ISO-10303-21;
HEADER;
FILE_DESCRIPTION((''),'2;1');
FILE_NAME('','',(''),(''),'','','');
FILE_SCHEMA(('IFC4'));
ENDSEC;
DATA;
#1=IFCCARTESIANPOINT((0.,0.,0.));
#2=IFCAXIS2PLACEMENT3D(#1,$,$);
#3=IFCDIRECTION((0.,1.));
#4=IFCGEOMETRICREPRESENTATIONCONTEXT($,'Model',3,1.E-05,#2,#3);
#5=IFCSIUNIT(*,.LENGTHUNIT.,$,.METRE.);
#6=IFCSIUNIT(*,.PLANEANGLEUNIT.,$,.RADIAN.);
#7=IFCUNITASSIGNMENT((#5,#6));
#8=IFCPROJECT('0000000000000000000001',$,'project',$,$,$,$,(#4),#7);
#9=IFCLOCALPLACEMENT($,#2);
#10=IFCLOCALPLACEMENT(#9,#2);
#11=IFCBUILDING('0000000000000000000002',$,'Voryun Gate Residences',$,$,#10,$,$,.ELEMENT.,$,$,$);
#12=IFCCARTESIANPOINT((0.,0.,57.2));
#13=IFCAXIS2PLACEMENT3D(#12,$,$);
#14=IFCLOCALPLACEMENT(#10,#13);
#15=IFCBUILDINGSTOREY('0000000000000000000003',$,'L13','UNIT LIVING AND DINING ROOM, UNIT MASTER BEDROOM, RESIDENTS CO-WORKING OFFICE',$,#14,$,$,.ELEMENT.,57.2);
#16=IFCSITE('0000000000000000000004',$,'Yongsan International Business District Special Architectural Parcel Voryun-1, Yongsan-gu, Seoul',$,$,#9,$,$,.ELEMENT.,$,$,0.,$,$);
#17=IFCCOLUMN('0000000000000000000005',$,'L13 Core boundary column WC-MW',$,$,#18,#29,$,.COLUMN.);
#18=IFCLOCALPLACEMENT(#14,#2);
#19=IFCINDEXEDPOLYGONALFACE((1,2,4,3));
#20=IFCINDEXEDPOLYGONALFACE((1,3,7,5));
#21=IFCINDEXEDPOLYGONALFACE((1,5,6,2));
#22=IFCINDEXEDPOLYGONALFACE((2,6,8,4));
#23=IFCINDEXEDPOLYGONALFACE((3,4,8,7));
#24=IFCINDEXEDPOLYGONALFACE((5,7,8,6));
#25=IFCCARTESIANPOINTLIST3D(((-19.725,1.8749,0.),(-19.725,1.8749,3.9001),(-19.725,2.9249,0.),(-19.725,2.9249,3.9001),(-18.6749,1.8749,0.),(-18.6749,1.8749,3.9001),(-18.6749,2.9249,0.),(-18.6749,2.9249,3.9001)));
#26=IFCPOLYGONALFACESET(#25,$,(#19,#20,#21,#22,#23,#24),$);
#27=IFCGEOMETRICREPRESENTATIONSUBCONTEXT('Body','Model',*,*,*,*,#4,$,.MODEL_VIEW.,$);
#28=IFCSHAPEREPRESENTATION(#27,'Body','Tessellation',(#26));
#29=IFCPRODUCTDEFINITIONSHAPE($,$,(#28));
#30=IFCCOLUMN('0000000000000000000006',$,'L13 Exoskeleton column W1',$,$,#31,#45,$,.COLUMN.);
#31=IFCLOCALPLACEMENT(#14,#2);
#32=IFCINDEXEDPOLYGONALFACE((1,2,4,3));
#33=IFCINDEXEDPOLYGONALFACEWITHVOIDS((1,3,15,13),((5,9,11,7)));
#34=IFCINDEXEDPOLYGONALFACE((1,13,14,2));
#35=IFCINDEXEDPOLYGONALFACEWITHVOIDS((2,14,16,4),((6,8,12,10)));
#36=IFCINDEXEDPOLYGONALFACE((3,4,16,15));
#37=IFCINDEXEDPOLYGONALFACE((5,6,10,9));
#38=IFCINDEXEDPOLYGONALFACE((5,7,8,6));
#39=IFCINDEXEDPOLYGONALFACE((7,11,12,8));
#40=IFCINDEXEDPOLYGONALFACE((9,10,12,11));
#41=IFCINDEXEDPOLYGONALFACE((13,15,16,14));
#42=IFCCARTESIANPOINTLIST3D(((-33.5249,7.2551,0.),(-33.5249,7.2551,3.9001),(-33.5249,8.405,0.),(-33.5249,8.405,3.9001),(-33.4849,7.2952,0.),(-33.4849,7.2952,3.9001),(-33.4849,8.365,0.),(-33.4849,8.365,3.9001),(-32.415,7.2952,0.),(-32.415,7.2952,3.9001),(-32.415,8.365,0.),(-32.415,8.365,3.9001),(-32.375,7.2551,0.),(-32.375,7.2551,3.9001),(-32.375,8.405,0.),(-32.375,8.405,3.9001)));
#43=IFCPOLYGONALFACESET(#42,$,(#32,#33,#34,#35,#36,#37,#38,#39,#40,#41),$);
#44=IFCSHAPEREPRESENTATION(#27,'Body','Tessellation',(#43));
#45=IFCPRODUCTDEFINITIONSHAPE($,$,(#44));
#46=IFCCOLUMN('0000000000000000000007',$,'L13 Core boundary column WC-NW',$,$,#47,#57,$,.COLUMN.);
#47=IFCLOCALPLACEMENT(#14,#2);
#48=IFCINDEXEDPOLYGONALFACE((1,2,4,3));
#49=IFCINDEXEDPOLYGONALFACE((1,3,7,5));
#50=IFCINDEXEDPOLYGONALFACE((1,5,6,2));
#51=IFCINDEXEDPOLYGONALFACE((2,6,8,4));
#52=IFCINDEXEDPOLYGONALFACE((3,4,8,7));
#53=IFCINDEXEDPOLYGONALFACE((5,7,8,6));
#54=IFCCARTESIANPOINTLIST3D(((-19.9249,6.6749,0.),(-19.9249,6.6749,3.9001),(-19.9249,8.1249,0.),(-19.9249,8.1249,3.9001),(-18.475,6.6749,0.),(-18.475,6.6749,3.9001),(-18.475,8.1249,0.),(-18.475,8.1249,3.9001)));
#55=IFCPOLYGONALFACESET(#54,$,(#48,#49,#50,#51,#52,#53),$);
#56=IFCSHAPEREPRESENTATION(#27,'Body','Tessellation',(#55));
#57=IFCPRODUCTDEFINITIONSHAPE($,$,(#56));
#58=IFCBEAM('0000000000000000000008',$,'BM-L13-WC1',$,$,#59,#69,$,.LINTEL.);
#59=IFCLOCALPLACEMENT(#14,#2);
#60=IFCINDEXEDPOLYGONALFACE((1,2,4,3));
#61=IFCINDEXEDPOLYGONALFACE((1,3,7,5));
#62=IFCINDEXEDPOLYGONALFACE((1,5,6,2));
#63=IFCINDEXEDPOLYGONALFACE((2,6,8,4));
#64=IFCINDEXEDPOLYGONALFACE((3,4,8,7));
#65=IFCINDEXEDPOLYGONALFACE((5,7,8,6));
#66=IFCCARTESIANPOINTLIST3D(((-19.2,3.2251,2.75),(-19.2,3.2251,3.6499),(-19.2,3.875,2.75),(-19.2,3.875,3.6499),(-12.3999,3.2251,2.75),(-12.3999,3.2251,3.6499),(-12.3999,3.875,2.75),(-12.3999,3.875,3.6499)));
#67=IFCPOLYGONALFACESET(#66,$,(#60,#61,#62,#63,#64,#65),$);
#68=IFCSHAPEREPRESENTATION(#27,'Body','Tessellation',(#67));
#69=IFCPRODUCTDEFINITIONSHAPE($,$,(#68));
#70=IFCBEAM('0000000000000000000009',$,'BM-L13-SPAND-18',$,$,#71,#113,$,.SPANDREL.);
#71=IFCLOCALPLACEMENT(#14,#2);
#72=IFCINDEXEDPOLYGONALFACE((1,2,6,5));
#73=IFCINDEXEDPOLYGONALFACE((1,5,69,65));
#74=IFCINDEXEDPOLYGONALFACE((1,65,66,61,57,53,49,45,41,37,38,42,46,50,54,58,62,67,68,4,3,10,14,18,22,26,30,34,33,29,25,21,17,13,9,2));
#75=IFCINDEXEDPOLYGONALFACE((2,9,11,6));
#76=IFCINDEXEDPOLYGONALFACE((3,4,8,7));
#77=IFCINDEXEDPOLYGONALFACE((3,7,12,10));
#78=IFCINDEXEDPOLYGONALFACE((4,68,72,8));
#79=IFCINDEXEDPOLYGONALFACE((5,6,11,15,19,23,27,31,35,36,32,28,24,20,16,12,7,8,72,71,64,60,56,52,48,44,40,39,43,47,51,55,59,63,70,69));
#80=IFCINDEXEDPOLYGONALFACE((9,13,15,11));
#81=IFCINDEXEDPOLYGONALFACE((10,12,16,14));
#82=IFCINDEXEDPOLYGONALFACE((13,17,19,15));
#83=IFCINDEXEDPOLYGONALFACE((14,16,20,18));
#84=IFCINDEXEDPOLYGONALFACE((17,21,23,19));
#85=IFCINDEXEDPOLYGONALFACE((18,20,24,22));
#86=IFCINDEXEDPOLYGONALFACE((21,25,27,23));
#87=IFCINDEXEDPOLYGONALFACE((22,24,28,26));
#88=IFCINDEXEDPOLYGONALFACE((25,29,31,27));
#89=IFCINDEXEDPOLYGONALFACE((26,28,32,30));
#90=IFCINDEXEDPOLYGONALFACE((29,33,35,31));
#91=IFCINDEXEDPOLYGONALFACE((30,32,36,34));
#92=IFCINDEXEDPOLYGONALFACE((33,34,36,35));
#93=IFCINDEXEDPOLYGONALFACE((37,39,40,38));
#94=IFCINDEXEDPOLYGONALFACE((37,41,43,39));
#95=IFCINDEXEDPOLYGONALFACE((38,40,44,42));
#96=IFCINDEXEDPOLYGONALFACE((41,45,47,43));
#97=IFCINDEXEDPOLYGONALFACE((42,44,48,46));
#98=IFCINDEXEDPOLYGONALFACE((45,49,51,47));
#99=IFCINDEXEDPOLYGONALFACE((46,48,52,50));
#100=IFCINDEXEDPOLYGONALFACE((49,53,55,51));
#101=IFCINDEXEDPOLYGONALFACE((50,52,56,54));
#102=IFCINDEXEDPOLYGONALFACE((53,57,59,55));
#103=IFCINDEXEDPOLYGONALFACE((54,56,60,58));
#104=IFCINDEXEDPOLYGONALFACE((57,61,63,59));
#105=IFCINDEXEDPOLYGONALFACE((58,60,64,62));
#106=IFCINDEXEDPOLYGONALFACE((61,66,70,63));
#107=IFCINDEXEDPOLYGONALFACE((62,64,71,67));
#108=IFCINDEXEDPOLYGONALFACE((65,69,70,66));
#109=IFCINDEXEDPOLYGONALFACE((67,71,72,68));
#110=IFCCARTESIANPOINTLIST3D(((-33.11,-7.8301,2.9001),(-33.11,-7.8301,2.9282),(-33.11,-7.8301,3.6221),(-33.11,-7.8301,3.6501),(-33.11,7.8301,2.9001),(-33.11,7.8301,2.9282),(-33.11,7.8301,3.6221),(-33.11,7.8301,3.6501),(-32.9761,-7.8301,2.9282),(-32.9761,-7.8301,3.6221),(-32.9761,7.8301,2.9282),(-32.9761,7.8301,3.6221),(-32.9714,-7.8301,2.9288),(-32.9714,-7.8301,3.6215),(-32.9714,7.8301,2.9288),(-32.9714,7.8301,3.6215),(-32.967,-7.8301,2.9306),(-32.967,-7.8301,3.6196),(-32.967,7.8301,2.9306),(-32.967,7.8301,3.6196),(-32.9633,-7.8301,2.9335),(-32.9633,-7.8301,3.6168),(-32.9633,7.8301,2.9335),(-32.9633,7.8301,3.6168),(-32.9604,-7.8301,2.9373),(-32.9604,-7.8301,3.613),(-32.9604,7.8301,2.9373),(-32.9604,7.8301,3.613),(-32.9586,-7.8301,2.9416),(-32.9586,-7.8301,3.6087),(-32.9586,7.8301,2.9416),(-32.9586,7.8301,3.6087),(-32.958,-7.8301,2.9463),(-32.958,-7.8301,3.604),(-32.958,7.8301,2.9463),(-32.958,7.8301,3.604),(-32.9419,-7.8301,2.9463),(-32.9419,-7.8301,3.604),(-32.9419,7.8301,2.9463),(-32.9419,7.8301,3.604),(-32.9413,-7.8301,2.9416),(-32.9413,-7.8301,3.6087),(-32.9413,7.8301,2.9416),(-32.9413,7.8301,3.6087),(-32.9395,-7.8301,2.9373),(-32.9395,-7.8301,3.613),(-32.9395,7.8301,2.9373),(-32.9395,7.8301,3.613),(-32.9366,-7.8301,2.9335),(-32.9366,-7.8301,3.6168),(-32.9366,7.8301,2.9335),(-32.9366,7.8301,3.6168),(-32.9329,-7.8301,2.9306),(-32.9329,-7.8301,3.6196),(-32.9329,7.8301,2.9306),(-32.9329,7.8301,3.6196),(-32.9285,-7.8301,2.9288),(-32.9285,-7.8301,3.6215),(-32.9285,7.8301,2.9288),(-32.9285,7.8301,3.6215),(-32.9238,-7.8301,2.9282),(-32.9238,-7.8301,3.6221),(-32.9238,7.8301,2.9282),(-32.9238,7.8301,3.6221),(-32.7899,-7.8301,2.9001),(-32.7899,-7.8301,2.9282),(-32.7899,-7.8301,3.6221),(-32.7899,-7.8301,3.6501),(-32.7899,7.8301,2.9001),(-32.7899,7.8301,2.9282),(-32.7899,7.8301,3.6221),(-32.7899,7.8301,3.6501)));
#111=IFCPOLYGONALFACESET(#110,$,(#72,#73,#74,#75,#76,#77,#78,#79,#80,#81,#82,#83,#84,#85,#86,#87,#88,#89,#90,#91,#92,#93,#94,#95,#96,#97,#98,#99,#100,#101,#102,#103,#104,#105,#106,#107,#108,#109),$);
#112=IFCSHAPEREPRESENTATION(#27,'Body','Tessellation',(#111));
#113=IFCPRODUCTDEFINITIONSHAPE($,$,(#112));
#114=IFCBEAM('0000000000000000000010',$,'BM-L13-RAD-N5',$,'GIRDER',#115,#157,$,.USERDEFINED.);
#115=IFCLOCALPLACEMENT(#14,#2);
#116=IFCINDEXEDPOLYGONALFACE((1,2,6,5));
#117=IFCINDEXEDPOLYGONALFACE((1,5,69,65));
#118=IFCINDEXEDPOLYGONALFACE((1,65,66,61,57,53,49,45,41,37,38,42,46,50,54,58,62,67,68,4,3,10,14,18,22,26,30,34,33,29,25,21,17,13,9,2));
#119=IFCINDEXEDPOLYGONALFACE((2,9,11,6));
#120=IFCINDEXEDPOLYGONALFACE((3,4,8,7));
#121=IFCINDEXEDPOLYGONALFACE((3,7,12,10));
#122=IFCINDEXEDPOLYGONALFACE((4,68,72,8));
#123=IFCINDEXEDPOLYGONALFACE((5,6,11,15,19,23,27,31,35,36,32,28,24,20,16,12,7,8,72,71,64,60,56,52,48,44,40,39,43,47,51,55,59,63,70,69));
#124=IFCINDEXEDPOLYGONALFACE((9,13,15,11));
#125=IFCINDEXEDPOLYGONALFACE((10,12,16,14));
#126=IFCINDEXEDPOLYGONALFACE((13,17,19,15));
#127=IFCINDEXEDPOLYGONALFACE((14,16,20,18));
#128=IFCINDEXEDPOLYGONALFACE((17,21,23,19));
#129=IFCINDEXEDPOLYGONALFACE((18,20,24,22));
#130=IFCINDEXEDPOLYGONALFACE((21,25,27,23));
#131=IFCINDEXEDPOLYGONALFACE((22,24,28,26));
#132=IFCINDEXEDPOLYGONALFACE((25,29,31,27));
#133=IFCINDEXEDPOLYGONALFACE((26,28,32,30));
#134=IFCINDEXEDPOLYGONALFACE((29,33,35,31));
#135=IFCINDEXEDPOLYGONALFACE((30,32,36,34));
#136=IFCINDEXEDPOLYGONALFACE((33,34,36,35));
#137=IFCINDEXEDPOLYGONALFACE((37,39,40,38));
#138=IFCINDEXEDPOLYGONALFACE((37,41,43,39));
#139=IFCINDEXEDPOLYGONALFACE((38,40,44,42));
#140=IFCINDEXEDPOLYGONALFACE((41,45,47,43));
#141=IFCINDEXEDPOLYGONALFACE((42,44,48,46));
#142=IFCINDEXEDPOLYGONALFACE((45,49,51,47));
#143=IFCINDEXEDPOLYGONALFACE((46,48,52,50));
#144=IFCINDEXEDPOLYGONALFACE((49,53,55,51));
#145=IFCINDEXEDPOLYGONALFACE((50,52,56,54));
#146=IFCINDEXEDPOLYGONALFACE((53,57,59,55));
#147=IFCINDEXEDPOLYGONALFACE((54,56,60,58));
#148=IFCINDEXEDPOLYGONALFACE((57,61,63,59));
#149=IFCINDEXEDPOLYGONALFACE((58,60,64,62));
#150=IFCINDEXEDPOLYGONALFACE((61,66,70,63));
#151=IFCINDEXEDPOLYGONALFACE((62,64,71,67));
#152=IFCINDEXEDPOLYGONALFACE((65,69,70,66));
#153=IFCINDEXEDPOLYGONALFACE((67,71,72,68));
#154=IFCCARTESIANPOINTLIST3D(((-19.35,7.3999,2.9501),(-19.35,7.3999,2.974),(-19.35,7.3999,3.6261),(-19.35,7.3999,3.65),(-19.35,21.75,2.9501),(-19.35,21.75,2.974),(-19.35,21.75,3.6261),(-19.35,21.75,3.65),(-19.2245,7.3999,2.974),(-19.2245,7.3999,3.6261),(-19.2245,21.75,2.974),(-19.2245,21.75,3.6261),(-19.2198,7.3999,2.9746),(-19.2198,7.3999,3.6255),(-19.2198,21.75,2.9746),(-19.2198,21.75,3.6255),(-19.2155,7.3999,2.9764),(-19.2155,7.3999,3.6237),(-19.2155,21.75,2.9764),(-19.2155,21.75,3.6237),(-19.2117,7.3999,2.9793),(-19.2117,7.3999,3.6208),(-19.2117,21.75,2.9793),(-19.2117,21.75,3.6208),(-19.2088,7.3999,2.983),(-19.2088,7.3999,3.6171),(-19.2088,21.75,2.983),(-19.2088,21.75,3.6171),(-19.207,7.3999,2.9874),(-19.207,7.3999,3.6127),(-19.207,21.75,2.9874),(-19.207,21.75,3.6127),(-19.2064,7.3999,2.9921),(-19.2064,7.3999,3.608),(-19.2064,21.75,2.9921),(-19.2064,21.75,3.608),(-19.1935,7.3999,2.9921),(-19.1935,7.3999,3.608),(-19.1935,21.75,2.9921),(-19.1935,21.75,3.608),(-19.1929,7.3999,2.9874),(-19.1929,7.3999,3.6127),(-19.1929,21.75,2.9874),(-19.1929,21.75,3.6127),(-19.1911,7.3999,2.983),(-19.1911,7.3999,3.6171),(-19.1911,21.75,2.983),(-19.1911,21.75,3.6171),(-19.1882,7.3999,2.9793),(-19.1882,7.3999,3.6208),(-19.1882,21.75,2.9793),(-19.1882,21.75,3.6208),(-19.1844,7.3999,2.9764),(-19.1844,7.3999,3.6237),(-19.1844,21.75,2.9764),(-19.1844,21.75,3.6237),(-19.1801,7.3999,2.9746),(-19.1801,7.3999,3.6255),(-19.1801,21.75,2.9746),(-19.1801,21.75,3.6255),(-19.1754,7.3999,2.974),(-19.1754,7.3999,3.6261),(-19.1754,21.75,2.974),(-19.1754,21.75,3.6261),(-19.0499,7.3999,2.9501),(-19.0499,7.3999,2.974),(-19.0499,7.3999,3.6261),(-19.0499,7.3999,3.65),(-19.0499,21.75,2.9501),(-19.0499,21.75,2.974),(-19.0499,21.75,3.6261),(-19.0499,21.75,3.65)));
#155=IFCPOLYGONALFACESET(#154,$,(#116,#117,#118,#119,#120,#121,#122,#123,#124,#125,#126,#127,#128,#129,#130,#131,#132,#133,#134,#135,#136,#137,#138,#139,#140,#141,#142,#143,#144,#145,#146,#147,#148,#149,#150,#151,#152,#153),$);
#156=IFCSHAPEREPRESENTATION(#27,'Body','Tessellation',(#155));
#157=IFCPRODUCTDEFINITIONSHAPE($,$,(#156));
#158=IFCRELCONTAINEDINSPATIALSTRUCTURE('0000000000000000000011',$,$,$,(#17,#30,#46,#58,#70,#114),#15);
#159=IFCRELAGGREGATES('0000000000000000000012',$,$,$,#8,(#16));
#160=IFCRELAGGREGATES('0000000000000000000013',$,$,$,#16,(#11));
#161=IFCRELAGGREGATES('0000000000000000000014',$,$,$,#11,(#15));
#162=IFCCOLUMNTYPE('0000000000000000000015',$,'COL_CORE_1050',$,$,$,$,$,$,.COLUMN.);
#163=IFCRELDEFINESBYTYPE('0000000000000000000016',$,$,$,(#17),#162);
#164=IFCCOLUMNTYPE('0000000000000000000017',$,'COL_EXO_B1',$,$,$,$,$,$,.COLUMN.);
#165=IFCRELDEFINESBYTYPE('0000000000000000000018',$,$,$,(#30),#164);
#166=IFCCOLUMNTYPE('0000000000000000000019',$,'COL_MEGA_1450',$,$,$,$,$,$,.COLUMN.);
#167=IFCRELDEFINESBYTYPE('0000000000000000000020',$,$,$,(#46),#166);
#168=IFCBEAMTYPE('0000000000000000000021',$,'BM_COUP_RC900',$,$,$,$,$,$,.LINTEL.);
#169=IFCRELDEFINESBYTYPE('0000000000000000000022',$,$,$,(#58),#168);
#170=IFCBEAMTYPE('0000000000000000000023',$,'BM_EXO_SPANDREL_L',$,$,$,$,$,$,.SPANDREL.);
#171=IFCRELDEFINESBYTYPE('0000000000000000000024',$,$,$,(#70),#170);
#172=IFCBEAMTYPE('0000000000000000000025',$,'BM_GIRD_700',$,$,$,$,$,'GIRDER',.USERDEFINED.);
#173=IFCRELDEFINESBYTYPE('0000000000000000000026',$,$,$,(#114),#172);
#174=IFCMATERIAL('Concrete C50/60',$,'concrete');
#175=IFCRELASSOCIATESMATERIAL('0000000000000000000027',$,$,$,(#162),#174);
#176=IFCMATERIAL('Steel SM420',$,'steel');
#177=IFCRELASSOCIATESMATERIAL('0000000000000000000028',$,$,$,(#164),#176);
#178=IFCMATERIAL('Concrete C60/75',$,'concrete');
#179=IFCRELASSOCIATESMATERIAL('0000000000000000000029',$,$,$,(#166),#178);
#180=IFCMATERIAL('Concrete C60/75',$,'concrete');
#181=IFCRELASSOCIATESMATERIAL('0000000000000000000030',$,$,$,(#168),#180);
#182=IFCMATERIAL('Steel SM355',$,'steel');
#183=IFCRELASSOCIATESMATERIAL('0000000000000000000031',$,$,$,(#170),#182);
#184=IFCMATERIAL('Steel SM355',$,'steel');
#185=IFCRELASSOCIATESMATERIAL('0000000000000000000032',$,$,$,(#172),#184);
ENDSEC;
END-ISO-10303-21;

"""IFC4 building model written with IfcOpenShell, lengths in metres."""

from ifc_helpers import new_model, si_unit, direction, frame, origin, origin_2d, place, context, subcontext, project, spatial, rectangle, hollow_rectangle, i_section, extrude, material, material_profile, profile_set, type_object, element, save


model = new_model("IFC4")

# Units and contexts
model_context = context("Model", 3, precision=1e-05, world=origin(), true_north=direction((0.0, 1.0)))
body_context = subcontext(model_context, "Body", "Model", "MODEL_VIEW")
ifc_project = project(units=[si_unit("LENGTHUNIT", "METRE"), si_unit("PLANEANGLEUNIT", "RADIAN")], contexts=[model_context])

# Site, building, storey
site_placement = place(None, origin())
site = spatial("IfcSite", under=ifc_project, at=site_placement, Name="Yongsan International Business District Special Architectural Parcel Voryun-1, Yongsan-gu, Seoul", CompositionType="ELEMENT", RefElevation=0.0)
building_placement = place(site_placement, origin())
building = spatial("IfcBuilding", under=site, at=building_placement, Name="Voryun Gate Residences", CompositionType="ELEMENT")
storey_placement = place(building_placement, frame((0.0, 0.0, 57.2)))
storey = spatial("IfcBuildingStorey", under=building, at=storey_placement, Name="L13", Description="UNIT LIVING AND DINING ROOM, UNIT MASTER BEDROOM, RESIDENTS CO-WORKING OFFICE", CompositionType="ELEMENT", Elevation=57.2)

# Columns
ifc_material_1 = material(Name="Concrete C50/60", Category="concrete")
ifc_material_profile_1 = material_profile(ifc_material_1, rectangle(XDim=1.05, YDim=1.05, at=origin_2d()), Name="RC-1050x1050")
ifc_profile_set_1 = profile_set([ifc_material_profile_1], Name="Concrete C50/60")
column_type_1 = type_object("IfcColumnType", Name="COL_CORE_1050", PredefinedType="COLUMN", material=ifc_profile_set_1)
column_1_placement = place(storey_placement, frame((-19.2, 2.3999, 0.0), z_axis=(0.0, 0.0, 1.0), x_axis=(1.0, 0.0, 0.0)))
element("IfcColumn", 1, at=column_1_placement, inside=storey, type_object=column_type_1, Name="L13 Core boundary column WC-MW", PredefinedType="COLUMN", context=body_context, shape_type="SweptSolid", body=[
    extrude(rectangle(XDim=1.05, YDim=1.05, at=origin_2d()), origin(), (0.0, 0.0, 1.0), 3.9001),
])
ifc_material_2 = material(Name="Steel SM420", Category="steel")
ifc_material_profile_2 = material_profile(ifc_material_2, hollow_rectangle(XDim=1.1499, YDim=1.1499, WallThickness=0.04, at=origin_2d()), Name="BOX-1150x1150x40")
ifc_profile_set_2 = profile_set([ifc_material_profile_2], Name="Steel SM420")
column_type_2 = type_object("IfcColumnType", Name="COL_EXO_B1", PredefinedType="COLUMN", material=ifc_profile_set_2)
column_2_placement = place(storey_placement, frame((-32.95, 7.8301, 0.0), z_axis=(0.0, 0.0, 1.0), x_axis=(1.0, 0.0, 0.0)))
element("IfcColumn", 2, at=column_2_placement, inside=storey, type_object=column_type_2, Name="L13 Exoskeleton column W1", PredefinedType="COLUMN", context=body_context, shape_type="SweptSolid", body=[
    extrude(hollow_rectangle(XDim=1.1499, YDim=1.1499, WallThickness=0.04, at=origin_2d()), origin(), (0.0, 0.0, 1.0), 3.9001),
])
ifc_material_3 = material(Name="Concrete C60/75", Category="concrete")
ifc_material_profile_3 = material_profile(ifc_material_3, rectangle(XDim=1.45, YDim=1.45, at=origin_2d()), Name="RC-1450x1450")
ifc_profile_set_3 = profile_set([ifc_material_profile_3], Name="Concrete C60/75")
column_type_3 = type_object("IfcColumnType", Name="COL_MEGA_1450", PredefinedType="COLUMN", material=ifc_profile_set_3)
column_3_placement = place(storey_placement, frame((-19.2, 7.3999, 0.0), z_axis=(0.0, 0.0, 1.0), x_axis=(1.0, 0.0, 0.0)))
element("IfcColumn", 3, at=column_3_placement, inside=storey, type_object=column_type_3, Name="L13 Core boundary column WC-NW", PredefinedType="COLUMN", context=body_context, shape_type="SweptSolid", body=[
    extrude(rectangle(XDim=1.45, YDim=1.45, at=origin_2d()), origin(), (0.0, 0.0, 1.0), 3.9001),
])

# Beams
ifc_material_4 = material(Name="Concrete C60/75", Category="concrete")
ifc_material_profile_4 = material_profile(ifc_material_4, rectangle(XDim=0.6499, YDim=0.8999, at=origin_2d()), Name="RC-650x900")
ifc_profile_set_4 = profile_set([ifc_material_profile_4], Name="Concrete C60/75")
beam_type_1 = type_object("IfcBeamType", Name="BM_COUP_RC900", PredefinedType="LINTEL", material=ifc_profile_set_4)
beam_1_placement = place(storey_placement, frame((-19.2, 3.55, 3.2), z_axis=(1.0, 0.0, 0.0), x_axis=(0.0, 1.0, 0.0)))
element("IfcBeam", 4, at=beam_1_placement, inside=storey, type_object=beam_type_1, Name="BM-L13-WC1", PredefinedType="LINTEL", context=body_context, shape_type="SweptSolid", body=[
    extrude(rectangle(XDim=0.6499, YDim=0.8999, at=origin_2d()), origin(), (0.0, 0.0, 1.0), 6.8),
])
ifc_material_5 = material(Name="Steel SM355", Category="steel")
ifc_material_profile_5 = material_profile(ifc_material_5, i_section(OverallWidth=0.3201, OverallDepth=0.75, WebThickness=0.0161, FlangeThickness=0.0281, FilletRadius=0.0181, at=origin_2d()), Name="H-750x320x16x28")
ifc_profile_set_5 = profile_set([ifc_material_profile_5], Name="Steel SM355")
beam_type_2 = type_object("IfcBeamType", Name="BM_EXO_SPANDREL_L", PredefinedType="SPANDREL", material=ifc_profile_set_5)
beam_2_placement = place(storey_placement, frame((-32.95, 7.8301, 3.2751), z_axis=(0.0, -1.0, 0.0), x_axis=(1.0, 0.0, 0.0)))
element("IfcBeam", 5, at=beam_2_placement, inside=storey, type_object=beam_type_2, Name="BM-L13-SPAND-18", PredefinedType="SPANDREL", context=body_context, shape_type="SweptSolid", body=[
    extrude(i_section(OverallWidth=0.3201, OverallDepth=0.75, WebThickness=0.0161, FlangeThickness=0.0281, FilletRadius=0.0181, at=origin_2d()), origin(), (0.0, 0.0, 1.0), 15.6602),
])
ifc_material_6 = material(Name="Steel SM355", Category="steel")
ifc_material_profile_6 = material_profile(ifc_material_6, i_section(OverallWidth=0.3, OverallDepth=0.7, WebThickness=0.0129, FlangeThickness=0.0239, FilletRadius=0.0181, at=origin_2d()), Name="H-700x300x13x24")
ifc_profile_set_6 = profile_set([ifc_material_profile_6], Name="Steel SM355")
beam_type_3 = type_object("IfcBeamType", Name="BM_GIRD_700", ElementType="GIRDER", PredefinedType="USERDEFINED", material=ifc_profile_set_6)
beam_3_placement = place(storey_placement, frame((-19.2, 7.3999, 3.3), z_axis=(0.0, 1.0, 0.0), x_axis=(-1.0, 0.0, 0.0)))
element("IfcBeam", 6, at=beam_3_placement, inside=storey, type_object=beam_type_3, Name="BM-L13-RAD-N5", ObjectType="GIRDER", PredefinedType="USERDEFINED", context=body_context, shape_type="SweptSolid", body=[
    extrude(i_section(OverallWidth=0.3, OverallDepth=0.7, WebThickness=0.0129, FlangeThickness=0.0239, FilletRadius=0.0181, at=origin_2d()), origin(), (0.0, 0.0, 1.0), 14.3501),
])

save(model, "model.ifc")
